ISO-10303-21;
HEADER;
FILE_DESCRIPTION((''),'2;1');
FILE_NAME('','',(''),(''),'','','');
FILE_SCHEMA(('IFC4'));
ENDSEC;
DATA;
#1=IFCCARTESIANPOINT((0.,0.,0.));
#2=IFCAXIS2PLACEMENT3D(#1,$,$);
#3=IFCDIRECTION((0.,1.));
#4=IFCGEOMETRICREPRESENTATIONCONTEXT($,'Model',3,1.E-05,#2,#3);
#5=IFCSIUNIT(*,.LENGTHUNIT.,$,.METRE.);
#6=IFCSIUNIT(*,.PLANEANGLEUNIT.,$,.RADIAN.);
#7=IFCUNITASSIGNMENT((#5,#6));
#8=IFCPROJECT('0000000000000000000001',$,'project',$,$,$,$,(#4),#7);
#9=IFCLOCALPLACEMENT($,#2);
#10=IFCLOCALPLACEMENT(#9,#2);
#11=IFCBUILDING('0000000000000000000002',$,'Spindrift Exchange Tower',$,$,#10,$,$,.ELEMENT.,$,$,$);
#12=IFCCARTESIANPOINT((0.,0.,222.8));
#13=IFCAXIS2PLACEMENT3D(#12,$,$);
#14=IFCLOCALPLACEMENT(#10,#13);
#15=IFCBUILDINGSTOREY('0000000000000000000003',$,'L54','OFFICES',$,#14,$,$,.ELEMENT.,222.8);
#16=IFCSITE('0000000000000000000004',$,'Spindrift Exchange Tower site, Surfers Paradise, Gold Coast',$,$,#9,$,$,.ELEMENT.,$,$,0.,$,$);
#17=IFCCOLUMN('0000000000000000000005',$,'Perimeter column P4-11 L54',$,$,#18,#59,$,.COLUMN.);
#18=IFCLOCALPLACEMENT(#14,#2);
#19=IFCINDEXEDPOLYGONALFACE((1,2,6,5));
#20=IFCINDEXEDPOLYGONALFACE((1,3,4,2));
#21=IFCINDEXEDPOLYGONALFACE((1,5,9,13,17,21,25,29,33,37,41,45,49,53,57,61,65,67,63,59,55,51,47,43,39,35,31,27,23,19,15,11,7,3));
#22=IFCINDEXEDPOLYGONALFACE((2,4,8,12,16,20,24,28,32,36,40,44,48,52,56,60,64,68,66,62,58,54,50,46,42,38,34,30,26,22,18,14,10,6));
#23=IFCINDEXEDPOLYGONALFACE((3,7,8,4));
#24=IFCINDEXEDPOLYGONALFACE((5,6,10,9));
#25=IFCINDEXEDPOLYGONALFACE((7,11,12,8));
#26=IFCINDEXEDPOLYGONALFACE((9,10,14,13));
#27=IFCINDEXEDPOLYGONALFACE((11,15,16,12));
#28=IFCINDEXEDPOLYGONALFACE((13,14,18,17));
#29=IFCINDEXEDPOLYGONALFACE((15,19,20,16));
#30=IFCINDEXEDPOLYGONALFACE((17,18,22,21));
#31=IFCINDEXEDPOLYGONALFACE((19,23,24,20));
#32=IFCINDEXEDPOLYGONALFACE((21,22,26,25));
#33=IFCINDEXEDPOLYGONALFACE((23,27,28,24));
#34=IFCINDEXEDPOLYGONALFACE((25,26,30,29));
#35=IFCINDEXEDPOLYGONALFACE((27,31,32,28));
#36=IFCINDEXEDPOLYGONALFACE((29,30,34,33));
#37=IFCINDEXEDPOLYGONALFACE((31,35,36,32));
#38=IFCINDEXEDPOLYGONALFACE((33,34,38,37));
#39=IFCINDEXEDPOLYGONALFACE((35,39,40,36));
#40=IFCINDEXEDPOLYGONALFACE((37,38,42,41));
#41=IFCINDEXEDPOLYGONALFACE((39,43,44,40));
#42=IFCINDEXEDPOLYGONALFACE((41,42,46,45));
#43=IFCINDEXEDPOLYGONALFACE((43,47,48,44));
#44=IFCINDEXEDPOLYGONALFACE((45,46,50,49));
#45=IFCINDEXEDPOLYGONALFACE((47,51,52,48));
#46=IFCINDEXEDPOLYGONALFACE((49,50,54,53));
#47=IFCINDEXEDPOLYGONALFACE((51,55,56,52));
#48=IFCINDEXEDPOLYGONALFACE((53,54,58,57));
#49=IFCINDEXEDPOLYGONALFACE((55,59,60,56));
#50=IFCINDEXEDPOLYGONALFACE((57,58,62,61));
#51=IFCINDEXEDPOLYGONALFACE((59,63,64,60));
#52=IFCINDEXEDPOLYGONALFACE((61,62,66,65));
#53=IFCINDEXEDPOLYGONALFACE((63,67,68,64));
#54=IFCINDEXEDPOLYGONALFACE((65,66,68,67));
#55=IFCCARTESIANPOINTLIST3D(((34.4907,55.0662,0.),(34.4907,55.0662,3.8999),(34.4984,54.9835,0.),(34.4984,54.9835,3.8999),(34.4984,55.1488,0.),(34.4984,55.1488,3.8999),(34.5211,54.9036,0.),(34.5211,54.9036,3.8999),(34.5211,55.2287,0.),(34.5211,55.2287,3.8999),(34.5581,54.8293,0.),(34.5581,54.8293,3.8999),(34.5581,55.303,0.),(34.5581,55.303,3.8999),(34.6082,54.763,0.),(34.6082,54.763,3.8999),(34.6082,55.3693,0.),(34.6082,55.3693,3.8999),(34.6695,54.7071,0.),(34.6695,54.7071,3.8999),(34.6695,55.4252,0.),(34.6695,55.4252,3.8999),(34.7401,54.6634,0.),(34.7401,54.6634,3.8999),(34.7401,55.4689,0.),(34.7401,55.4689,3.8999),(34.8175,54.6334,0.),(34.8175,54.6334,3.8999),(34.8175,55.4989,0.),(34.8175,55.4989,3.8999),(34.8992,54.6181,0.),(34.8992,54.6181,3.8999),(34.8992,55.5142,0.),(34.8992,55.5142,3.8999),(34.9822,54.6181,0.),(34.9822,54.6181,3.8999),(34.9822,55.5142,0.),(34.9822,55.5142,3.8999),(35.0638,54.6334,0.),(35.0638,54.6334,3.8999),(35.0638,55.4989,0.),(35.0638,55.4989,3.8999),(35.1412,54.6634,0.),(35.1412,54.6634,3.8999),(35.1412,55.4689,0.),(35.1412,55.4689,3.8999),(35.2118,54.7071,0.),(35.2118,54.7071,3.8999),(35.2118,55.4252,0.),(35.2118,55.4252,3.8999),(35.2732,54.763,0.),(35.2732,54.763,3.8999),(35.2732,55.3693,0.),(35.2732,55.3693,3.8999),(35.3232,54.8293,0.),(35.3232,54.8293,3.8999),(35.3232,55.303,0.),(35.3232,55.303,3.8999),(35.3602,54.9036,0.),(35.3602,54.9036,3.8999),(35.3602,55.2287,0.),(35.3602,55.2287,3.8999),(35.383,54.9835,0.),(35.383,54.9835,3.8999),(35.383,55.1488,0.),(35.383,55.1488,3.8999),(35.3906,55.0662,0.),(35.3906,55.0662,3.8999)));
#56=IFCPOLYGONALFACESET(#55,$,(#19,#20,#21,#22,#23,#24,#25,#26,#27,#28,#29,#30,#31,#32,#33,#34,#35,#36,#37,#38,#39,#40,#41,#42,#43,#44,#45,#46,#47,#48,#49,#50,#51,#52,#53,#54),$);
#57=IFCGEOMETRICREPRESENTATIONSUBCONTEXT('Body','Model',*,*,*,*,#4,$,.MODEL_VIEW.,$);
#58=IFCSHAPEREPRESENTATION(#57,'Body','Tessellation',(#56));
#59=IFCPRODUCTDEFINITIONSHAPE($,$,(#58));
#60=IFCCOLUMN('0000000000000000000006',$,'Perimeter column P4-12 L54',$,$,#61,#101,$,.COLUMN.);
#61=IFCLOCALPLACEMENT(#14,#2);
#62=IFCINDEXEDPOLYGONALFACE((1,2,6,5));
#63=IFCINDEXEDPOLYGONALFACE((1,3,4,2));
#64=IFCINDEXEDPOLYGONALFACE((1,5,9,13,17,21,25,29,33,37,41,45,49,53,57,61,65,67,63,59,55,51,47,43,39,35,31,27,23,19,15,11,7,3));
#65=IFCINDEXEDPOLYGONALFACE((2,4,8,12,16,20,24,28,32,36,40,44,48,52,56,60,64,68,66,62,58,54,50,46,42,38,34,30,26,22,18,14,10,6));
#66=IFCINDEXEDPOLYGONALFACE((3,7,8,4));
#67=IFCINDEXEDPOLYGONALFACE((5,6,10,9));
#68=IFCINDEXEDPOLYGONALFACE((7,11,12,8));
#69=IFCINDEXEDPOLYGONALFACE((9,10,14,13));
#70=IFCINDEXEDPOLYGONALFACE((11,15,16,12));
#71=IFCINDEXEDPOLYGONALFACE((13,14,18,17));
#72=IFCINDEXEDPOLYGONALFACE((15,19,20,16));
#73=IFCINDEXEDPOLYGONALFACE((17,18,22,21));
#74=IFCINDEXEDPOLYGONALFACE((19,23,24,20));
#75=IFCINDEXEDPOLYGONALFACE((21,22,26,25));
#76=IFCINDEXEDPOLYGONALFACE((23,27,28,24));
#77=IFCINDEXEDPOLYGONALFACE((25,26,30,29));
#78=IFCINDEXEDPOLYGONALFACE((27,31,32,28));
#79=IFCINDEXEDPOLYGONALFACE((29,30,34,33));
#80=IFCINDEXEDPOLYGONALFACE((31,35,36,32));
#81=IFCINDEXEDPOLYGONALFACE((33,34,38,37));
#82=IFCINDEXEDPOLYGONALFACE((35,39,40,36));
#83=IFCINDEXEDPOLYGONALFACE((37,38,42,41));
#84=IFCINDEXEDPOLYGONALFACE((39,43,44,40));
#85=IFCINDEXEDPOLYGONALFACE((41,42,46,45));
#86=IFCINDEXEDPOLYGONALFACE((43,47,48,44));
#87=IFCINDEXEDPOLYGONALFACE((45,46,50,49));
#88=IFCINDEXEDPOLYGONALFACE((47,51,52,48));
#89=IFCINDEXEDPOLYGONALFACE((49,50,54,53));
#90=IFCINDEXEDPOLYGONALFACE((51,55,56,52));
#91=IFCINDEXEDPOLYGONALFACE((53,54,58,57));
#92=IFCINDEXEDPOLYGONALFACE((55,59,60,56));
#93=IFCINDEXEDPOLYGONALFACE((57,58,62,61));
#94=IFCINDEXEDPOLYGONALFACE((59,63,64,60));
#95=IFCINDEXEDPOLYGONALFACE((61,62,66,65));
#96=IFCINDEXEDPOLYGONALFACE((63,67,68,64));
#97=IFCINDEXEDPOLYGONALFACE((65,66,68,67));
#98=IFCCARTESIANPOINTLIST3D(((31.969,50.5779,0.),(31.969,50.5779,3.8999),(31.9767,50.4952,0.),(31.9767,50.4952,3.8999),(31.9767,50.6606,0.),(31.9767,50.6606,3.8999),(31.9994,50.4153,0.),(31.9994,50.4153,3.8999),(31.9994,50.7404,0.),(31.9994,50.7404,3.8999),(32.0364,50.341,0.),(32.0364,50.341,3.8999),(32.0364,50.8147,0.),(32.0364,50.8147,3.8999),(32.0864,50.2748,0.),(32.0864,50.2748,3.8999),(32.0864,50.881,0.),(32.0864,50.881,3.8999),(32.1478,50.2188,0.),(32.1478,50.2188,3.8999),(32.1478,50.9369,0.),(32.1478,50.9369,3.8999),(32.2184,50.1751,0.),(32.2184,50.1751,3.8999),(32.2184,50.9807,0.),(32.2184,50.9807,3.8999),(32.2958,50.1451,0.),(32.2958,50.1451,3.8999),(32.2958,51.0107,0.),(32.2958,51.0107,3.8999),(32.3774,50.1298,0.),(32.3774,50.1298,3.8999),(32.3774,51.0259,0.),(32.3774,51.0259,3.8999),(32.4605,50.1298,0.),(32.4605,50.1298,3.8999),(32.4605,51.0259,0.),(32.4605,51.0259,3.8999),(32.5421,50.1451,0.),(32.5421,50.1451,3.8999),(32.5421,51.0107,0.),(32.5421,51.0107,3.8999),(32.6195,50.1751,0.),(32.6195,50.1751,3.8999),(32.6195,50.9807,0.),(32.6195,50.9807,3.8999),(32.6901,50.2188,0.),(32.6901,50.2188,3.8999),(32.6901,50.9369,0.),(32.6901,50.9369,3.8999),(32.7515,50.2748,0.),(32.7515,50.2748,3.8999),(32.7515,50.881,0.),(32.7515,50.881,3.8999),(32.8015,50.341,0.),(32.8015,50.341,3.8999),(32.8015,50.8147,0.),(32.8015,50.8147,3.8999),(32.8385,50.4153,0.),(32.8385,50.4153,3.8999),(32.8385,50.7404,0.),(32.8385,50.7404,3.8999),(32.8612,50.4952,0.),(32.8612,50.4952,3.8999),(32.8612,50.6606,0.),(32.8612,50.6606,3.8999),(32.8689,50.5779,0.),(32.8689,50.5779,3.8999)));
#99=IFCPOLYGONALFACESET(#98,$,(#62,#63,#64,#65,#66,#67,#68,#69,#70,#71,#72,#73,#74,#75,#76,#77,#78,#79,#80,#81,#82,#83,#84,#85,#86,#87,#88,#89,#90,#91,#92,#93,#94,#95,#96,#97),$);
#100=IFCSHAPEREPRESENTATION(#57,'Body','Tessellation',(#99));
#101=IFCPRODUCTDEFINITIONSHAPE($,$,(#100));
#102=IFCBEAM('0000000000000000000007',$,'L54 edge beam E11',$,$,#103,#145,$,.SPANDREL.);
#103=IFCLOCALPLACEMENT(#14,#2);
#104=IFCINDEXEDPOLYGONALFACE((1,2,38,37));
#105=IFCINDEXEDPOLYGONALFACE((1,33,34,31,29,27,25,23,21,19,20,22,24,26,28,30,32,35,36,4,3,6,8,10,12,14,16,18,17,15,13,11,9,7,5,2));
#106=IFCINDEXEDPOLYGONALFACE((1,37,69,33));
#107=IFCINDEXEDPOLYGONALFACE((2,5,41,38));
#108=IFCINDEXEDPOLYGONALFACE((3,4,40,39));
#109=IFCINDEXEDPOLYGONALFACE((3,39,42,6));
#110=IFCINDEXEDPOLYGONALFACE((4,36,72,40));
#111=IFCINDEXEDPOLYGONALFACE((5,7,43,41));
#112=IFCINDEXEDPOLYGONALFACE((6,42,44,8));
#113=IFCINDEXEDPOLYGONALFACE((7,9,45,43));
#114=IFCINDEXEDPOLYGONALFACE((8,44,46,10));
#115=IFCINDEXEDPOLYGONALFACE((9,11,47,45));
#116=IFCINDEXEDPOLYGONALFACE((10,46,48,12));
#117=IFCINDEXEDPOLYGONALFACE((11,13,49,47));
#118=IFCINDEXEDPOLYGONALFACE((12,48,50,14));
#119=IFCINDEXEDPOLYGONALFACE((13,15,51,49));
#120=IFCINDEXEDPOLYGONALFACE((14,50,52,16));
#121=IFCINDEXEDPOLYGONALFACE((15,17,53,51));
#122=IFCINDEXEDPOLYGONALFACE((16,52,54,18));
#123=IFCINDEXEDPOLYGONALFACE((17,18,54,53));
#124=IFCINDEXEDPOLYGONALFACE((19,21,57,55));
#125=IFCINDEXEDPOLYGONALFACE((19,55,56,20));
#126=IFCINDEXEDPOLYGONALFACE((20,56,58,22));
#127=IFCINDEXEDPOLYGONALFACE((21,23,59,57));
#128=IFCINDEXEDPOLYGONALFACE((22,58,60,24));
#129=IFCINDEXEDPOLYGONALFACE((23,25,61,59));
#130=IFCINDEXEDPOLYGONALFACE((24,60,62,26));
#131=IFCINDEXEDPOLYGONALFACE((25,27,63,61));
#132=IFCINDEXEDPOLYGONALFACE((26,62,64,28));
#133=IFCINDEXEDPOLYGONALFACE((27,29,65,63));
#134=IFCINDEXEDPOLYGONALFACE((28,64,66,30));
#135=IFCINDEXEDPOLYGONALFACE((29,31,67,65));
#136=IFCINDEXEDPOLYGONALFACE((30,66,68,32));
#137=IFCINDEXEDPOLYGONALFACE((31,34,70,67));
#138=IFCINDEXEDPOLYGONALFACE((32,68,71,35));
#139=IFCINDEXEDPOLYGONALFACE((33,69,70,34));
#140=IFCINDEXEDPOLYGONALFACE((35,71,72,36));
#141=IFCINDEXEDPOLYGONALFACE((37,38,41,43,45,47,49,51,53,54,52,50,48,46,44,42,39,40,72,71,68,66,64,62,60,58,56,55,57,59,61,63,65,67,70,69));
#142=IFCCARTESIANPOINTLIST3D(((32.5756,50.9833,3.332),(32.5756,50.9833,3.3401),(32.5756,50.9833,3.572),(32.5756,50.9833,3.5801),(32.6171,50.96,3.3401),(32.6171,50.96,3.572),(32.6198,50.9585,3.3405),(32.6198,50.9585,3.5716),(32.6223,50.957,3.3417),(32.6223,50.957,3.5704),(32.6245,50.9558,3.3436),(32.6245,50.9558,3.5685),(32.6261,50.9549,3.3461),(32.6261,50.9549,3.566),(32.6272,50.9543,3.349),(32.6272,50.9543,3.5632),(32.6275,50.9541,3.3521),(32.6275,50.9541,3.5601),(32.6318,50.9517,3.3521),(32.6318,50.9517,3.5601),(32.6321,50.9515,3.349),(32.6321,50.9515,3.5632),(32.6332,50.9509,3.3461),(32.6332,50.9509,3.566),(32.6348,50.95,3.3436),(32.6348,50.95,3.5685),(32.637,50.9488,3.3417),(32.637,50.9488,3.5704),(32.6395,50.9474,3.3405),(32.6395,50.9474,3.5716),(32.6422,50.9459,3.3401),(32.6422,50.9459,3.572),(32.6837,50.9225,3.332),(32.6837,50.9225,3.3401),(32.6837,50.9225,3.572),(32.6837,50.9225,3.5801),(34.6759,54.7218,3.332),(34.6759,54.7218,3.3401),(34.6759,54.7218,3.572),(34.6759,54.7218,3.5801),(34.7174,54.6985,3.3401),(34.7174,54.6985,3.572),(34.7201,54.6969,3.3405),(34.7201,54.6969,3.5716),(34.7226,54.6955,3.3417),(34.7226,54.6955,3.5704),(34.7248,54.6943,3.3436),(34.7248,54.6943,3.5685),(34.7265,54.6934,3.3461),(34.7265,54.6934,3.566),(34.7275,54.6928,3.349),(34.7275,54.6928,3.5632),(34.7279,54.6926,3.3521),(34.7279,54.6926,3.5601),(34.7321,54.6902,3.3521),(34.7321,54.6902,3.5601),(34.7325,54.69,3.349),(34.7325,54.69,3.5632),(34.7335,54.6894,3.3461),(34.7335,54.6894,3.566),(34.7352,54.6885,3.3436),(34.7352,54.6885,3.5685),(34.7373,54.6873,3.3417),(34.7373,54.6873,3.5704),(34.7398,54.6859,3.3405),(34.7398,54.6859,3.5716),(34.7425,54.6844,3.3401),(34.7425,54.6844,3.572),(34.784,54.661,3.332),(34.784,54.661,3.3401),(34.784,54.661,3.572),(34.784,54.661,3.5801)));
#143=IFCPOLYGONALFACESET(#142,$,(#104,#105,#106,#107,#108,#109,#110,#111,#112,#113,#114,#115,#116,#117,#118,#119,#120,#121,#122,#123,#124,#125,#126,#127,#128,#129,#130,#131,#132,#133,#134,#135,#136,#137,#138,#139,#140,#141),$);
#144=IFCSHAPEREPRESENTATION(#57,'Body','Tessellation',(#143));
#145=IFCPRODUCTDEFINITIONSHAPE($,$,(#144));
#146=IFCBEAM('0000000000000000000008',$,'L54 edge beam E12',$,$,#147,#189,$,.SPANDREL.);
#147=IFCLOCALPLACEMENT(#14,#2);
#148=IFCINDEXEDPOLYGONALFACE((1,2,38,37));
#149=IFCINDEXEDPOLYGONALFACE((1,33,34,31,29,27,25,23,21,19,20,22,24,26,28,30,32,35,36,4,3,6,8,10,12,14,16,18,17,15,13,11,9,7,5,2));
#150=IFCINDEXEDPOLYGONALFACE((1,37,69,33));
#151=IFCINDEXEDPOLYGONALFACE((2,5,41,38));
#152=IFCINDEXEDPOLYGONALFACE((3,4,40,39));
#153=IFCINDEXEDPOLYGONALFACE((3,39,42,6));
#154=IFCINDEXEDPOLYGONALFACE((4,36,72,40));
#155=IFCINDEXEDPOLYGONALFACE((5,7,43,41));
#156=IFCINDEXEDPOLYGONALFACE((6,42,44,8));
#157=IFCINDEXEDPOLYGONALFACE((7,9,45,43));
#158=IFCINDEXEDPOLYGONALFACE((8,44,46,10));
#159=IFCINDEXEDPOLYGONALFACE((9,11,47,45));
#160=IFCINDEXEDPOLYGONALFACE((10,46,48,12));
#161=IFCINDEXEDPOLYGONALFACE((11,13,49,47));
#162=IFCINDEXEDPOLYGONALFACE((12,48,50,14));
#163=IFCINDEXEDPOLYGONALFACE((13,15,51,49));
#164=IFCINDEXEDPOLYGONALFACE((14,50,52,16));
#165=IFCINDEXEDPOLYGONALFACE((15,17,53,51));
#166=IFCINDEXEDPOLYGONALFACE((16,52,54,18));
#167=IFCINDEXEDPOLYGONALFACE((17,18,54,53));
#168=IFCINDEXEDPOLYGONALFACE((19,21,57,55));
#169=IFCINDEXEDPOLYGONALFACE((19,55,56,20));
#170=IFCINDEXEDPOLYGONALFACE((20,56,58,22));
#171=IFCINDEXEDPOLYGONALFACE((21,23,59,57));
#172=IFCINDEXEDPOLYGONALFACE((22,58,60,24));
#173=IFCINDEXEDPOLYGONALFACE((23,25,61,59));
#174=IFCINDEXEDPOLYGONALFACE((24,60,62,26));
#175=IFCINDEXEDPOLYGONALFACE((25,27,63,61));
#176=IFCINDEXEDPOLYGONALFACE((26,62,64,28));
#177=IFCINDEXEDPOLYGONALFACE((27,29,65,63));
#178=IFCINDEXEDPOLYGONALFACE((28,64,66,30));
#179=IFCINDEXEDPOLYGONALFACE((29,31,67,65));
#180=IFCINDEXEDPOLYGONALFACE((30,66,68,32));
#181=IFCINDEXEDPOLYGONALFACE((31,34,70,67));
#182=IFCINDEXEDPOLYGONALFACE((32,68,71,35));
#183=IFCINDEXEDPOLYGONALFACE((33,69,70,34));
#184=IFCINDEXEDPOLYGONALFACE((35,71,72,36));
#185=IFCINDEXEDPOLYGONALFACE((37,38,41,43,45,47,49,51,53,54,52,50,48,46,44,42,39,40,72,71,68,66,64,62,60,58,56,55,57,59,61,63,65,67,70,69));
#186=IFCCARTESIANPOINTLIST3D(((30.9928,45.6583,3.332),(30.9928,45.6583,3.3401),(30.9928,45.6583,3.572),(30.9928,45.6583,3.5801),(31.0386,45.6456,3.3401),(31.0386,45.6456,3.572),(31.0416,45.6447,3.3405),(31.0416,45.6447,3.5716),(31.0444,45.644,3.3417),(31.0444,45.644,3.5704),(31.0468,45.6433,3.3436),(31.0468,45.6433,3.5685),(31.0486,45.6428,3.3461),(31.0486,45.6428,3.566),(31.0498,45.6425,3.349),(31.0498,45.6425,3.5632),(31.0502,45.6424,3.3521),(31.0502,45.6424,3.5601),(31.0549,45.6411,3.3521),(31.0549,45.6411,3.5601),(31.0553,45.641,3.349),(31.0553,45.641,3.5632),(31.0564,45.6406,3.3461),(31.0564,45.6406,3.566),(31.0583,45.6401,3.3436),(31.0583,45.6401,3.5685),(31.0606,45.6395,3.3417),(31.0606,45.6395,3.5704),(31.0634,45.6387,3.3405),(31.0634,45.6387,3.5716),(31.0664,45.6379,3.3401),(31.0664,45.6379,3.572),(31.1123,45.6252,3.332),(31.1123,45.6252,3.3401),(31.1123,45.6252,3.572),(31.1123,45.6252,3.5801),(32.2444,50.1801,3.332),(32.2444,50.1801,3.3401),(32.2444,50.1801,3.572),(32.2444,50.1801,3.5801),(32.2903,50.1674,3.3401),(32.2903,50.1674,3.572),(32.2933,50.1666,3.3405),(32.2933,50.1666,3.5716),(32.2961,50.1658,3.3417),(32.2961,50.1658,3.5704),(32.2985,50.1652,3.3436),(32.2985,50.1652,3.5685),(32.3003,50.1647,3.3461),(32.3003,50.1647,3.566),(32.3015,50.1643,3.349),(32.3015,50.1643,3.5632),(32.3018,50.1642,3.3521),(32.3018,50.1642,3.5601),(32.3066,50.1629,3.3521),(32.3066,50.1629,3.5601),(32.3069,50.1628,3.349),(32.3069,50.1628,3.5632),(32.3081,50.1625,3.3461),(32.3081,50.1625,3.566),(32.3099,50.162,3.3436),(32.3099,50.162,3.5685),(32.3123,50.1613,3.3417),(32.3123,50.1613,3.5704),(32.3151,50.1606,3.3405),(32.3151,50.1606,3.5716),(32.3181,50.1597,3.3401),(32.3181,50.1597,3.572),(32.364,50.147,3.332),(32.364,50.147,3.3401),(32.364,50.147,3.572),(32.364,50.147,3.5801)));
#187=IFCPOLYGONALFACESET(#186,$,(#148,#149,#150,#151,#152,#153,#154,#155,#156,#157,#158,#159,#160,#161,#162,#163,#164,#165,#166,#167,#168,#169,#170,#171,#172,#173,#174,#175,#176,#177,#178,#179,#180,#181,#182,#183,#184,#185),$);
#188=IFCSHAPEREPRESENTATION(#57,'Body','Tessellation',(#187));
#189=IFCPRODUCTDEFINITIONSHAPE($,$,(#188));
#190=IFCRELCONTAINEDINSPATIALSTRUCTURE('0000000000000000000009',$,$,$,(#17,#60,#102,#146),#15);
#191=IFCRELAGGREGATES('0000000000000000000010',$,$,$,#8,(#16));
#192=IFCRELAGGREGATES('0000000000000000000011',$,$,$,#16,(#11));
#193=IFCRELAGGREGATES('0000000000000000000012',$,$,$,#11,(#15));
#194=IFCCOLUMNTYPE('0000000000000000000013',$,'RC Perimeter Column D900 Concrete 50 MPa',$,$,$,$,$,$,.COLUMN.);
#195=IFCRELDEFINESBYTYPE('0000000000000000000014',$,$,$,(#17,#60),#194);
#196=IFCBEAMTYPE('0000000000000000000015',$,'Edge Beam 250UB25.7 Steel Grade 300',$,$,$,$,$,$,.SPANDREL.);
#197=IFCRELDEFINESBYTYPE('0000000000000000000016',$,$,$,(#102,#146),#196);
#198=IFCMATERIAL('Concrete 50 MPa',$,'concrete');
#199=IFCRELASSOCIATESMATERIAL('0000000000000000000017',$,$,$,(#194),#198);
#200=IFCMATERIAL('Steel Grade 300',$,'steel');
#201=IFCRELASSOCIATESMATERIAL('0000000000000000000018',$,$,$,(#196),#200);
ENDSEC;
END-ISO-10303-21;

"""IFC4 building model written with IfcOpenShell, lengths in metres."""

from ifc_helpers import new_model, si_unit, direction, frame, origin, origin_2d, place, context, subcontext, project, spatial, circle, i_section, extrude, source, transform, mapped, material, material_profile, profile_set, type_object, element, save


model = new_model("IFC4")

# Units and contexts
model_context = context("Model", 3, precision=1e-05, world=origin(), true_north=direction((0.0, 1.0)))
body_context = subcontext(model_context, "Body", "Model", "MODEL_VIEW")
ifc_project = project(units=[si_unit("LENGTHUNIT", "METRE"), si_unit("PLANEANGLEUNIT", "RADIAN")], contexts=[model_context])

# Site, building, storey
site_placement = place(None, origin())
site = spatial("IfcSite", under=ifc_project, at=site_placement, Name="Spindrift Exchange Tower site, Surfers Paradise, Gold Coast", CompositionType="ELEMENT", RefElevation=0.0)
building_placement = place(site_placement, origin())
building = spatial("IfcBuilding", under=site, at=building_placement, Name="Spindrift Exchange Tower", CompositionType="ELEMENT")
storey_placement = place(building_placement, frame((0.0, 0.0, 222.8)))
storey = spatial("IfcBuildingStorey", under=building, at=storey_placement, Name="L54", Description="OFFICES", CompositionType="ELEMENT", Elevation=222.8)

# Columns
ifc_material_1 = material(Name="Concrete 50 MPa", Category="concrete")
ifc_material_profile_1 = material_profile(ifc_material_1, circle(Radius=0.45, at=origin_2d()), Name="RC D900")
ifc_profile_set_1 = profile_set([ifc_material_profile_1], Name="Concrete 50 MPa")
column_type = type_object("IfcColumnType", Name="RC Perimeter Column D900 Concrete 50 MPa", PredefinedType="COLUMN", material=ifc_profile_set_1)
shared_shape_1 = source(origin(), body_context, "Body", "SweptSolid", [
    extrude(circle(Radius=0.45, at=origin_2d()), origin(), (0.0, 0.0, 1.0), 3.8999),
])
for number, where, z_axis, x_axis, name in (
    (1, (34.9407, 55.0662, 0.0), (0.0, 0.0, 1.0), (1.0, 0.0, 0.0), "Perimeter column P4-11 L54"),
    (2, (32.4189, 50.5779, 0.0), (0.0, 0.0, 1.0), (1.0, 0.0, 0.0), "Perimeter column P4-12 L54"),
):
    element("IfcColumn", number, at=place(storey_placement, frame(where, z_axis=z_axis, x_axis=x_axis)), inside=storey, type_object=column_type, Name=name, PredefinedType="COLUMN", context=body_context, shape_type="MappedRepresentation", body=[
        mapped(shared_shape_1, transform((0.0, 0.0, 0.0), scale=1.0)),
    ])

# Beams
ifc_material_2 = material(Name="Steel Grade 300", Category="steel")
ifc_material_profile_2 = material_profile(ifc_material_2, i_section(OverallWidth=0.124, OverallDepth=0.248, WebThickness=0.0049, FlangeThickness=0.0081, FilletRadius=0.012, at=origin_2d()), Name="250UB25.7")
ifc_profile_set_2 = profile_set([ifc_material_profile_2], Name="Steel Grade 300")
beam_type_1 = type_object("IfcBeamType", Name="Edge Beam 250UB25.7 Steel Grade 300", PredefinedType="SPANDREL", material=ifc_profile_set_2)
shared_shape_2 = source(origin(), body_context, "Body", "SweptSolid", [
    extrude(i_section(OverallWidth=0.124, OverallDepth=0.248, WebThickness=0.0049, FlangeThickness=0.0081, FilletRadius=0.012, at=origin_2d()), origin(), (0.0, 0.0, 1.0), 4.2881),
])
beam_1_placement = place(storey_placement, frame((34.73, 54.6914, 3.4561), z_axis=(-0.489804, -0.871832, 0.0), x_axis=(0.871832, -0.489804, 0.0)))
element("IfcBeam", 3, at=beam_1_placement, inside=storey, type_object=beam_type_1, Name="L54 edge beam E11", PredefinedType="SPANDREL", context=body_context, shape_type="MappedRepresentation", body=[
    mapped(shared_shape_2, transform((0.0, 0.0, 0.0), scale=1.0)),
])
shared_shape_3 = source(origin(), body_context, "Body", "SweptSolid", [
    extrude(i_section(OverallWidth=0.124, OverallDepth=0.248, WebThickness=0.0049, FlangeThickness=0.0081, FilletRadius=0.012, at=origin_2d()), origin(), (0.0, 0.0, 1.0), 4.6919),
])
beam_2_placement = place(storey_placement, frame((32.3042, 50.1636, 3.4561), z_axis=(-0.266774, -0.963759, 0.0), x_axis=(0.963759, -0.266774, 0.0)))
element("IfcBeam", 4, at=beam_2_placement, inside=storey, type_object=beam_type_1, Name="L54 edge beam E12", PredefinedType="SPANDREL", context=body_context, shape_type="MappedRepresentation", body=[
    mapped(shared_shape_3, transform((0.0, 0.0, 0.0), scale=1.0)),
])

save(model, "model.ifc")
